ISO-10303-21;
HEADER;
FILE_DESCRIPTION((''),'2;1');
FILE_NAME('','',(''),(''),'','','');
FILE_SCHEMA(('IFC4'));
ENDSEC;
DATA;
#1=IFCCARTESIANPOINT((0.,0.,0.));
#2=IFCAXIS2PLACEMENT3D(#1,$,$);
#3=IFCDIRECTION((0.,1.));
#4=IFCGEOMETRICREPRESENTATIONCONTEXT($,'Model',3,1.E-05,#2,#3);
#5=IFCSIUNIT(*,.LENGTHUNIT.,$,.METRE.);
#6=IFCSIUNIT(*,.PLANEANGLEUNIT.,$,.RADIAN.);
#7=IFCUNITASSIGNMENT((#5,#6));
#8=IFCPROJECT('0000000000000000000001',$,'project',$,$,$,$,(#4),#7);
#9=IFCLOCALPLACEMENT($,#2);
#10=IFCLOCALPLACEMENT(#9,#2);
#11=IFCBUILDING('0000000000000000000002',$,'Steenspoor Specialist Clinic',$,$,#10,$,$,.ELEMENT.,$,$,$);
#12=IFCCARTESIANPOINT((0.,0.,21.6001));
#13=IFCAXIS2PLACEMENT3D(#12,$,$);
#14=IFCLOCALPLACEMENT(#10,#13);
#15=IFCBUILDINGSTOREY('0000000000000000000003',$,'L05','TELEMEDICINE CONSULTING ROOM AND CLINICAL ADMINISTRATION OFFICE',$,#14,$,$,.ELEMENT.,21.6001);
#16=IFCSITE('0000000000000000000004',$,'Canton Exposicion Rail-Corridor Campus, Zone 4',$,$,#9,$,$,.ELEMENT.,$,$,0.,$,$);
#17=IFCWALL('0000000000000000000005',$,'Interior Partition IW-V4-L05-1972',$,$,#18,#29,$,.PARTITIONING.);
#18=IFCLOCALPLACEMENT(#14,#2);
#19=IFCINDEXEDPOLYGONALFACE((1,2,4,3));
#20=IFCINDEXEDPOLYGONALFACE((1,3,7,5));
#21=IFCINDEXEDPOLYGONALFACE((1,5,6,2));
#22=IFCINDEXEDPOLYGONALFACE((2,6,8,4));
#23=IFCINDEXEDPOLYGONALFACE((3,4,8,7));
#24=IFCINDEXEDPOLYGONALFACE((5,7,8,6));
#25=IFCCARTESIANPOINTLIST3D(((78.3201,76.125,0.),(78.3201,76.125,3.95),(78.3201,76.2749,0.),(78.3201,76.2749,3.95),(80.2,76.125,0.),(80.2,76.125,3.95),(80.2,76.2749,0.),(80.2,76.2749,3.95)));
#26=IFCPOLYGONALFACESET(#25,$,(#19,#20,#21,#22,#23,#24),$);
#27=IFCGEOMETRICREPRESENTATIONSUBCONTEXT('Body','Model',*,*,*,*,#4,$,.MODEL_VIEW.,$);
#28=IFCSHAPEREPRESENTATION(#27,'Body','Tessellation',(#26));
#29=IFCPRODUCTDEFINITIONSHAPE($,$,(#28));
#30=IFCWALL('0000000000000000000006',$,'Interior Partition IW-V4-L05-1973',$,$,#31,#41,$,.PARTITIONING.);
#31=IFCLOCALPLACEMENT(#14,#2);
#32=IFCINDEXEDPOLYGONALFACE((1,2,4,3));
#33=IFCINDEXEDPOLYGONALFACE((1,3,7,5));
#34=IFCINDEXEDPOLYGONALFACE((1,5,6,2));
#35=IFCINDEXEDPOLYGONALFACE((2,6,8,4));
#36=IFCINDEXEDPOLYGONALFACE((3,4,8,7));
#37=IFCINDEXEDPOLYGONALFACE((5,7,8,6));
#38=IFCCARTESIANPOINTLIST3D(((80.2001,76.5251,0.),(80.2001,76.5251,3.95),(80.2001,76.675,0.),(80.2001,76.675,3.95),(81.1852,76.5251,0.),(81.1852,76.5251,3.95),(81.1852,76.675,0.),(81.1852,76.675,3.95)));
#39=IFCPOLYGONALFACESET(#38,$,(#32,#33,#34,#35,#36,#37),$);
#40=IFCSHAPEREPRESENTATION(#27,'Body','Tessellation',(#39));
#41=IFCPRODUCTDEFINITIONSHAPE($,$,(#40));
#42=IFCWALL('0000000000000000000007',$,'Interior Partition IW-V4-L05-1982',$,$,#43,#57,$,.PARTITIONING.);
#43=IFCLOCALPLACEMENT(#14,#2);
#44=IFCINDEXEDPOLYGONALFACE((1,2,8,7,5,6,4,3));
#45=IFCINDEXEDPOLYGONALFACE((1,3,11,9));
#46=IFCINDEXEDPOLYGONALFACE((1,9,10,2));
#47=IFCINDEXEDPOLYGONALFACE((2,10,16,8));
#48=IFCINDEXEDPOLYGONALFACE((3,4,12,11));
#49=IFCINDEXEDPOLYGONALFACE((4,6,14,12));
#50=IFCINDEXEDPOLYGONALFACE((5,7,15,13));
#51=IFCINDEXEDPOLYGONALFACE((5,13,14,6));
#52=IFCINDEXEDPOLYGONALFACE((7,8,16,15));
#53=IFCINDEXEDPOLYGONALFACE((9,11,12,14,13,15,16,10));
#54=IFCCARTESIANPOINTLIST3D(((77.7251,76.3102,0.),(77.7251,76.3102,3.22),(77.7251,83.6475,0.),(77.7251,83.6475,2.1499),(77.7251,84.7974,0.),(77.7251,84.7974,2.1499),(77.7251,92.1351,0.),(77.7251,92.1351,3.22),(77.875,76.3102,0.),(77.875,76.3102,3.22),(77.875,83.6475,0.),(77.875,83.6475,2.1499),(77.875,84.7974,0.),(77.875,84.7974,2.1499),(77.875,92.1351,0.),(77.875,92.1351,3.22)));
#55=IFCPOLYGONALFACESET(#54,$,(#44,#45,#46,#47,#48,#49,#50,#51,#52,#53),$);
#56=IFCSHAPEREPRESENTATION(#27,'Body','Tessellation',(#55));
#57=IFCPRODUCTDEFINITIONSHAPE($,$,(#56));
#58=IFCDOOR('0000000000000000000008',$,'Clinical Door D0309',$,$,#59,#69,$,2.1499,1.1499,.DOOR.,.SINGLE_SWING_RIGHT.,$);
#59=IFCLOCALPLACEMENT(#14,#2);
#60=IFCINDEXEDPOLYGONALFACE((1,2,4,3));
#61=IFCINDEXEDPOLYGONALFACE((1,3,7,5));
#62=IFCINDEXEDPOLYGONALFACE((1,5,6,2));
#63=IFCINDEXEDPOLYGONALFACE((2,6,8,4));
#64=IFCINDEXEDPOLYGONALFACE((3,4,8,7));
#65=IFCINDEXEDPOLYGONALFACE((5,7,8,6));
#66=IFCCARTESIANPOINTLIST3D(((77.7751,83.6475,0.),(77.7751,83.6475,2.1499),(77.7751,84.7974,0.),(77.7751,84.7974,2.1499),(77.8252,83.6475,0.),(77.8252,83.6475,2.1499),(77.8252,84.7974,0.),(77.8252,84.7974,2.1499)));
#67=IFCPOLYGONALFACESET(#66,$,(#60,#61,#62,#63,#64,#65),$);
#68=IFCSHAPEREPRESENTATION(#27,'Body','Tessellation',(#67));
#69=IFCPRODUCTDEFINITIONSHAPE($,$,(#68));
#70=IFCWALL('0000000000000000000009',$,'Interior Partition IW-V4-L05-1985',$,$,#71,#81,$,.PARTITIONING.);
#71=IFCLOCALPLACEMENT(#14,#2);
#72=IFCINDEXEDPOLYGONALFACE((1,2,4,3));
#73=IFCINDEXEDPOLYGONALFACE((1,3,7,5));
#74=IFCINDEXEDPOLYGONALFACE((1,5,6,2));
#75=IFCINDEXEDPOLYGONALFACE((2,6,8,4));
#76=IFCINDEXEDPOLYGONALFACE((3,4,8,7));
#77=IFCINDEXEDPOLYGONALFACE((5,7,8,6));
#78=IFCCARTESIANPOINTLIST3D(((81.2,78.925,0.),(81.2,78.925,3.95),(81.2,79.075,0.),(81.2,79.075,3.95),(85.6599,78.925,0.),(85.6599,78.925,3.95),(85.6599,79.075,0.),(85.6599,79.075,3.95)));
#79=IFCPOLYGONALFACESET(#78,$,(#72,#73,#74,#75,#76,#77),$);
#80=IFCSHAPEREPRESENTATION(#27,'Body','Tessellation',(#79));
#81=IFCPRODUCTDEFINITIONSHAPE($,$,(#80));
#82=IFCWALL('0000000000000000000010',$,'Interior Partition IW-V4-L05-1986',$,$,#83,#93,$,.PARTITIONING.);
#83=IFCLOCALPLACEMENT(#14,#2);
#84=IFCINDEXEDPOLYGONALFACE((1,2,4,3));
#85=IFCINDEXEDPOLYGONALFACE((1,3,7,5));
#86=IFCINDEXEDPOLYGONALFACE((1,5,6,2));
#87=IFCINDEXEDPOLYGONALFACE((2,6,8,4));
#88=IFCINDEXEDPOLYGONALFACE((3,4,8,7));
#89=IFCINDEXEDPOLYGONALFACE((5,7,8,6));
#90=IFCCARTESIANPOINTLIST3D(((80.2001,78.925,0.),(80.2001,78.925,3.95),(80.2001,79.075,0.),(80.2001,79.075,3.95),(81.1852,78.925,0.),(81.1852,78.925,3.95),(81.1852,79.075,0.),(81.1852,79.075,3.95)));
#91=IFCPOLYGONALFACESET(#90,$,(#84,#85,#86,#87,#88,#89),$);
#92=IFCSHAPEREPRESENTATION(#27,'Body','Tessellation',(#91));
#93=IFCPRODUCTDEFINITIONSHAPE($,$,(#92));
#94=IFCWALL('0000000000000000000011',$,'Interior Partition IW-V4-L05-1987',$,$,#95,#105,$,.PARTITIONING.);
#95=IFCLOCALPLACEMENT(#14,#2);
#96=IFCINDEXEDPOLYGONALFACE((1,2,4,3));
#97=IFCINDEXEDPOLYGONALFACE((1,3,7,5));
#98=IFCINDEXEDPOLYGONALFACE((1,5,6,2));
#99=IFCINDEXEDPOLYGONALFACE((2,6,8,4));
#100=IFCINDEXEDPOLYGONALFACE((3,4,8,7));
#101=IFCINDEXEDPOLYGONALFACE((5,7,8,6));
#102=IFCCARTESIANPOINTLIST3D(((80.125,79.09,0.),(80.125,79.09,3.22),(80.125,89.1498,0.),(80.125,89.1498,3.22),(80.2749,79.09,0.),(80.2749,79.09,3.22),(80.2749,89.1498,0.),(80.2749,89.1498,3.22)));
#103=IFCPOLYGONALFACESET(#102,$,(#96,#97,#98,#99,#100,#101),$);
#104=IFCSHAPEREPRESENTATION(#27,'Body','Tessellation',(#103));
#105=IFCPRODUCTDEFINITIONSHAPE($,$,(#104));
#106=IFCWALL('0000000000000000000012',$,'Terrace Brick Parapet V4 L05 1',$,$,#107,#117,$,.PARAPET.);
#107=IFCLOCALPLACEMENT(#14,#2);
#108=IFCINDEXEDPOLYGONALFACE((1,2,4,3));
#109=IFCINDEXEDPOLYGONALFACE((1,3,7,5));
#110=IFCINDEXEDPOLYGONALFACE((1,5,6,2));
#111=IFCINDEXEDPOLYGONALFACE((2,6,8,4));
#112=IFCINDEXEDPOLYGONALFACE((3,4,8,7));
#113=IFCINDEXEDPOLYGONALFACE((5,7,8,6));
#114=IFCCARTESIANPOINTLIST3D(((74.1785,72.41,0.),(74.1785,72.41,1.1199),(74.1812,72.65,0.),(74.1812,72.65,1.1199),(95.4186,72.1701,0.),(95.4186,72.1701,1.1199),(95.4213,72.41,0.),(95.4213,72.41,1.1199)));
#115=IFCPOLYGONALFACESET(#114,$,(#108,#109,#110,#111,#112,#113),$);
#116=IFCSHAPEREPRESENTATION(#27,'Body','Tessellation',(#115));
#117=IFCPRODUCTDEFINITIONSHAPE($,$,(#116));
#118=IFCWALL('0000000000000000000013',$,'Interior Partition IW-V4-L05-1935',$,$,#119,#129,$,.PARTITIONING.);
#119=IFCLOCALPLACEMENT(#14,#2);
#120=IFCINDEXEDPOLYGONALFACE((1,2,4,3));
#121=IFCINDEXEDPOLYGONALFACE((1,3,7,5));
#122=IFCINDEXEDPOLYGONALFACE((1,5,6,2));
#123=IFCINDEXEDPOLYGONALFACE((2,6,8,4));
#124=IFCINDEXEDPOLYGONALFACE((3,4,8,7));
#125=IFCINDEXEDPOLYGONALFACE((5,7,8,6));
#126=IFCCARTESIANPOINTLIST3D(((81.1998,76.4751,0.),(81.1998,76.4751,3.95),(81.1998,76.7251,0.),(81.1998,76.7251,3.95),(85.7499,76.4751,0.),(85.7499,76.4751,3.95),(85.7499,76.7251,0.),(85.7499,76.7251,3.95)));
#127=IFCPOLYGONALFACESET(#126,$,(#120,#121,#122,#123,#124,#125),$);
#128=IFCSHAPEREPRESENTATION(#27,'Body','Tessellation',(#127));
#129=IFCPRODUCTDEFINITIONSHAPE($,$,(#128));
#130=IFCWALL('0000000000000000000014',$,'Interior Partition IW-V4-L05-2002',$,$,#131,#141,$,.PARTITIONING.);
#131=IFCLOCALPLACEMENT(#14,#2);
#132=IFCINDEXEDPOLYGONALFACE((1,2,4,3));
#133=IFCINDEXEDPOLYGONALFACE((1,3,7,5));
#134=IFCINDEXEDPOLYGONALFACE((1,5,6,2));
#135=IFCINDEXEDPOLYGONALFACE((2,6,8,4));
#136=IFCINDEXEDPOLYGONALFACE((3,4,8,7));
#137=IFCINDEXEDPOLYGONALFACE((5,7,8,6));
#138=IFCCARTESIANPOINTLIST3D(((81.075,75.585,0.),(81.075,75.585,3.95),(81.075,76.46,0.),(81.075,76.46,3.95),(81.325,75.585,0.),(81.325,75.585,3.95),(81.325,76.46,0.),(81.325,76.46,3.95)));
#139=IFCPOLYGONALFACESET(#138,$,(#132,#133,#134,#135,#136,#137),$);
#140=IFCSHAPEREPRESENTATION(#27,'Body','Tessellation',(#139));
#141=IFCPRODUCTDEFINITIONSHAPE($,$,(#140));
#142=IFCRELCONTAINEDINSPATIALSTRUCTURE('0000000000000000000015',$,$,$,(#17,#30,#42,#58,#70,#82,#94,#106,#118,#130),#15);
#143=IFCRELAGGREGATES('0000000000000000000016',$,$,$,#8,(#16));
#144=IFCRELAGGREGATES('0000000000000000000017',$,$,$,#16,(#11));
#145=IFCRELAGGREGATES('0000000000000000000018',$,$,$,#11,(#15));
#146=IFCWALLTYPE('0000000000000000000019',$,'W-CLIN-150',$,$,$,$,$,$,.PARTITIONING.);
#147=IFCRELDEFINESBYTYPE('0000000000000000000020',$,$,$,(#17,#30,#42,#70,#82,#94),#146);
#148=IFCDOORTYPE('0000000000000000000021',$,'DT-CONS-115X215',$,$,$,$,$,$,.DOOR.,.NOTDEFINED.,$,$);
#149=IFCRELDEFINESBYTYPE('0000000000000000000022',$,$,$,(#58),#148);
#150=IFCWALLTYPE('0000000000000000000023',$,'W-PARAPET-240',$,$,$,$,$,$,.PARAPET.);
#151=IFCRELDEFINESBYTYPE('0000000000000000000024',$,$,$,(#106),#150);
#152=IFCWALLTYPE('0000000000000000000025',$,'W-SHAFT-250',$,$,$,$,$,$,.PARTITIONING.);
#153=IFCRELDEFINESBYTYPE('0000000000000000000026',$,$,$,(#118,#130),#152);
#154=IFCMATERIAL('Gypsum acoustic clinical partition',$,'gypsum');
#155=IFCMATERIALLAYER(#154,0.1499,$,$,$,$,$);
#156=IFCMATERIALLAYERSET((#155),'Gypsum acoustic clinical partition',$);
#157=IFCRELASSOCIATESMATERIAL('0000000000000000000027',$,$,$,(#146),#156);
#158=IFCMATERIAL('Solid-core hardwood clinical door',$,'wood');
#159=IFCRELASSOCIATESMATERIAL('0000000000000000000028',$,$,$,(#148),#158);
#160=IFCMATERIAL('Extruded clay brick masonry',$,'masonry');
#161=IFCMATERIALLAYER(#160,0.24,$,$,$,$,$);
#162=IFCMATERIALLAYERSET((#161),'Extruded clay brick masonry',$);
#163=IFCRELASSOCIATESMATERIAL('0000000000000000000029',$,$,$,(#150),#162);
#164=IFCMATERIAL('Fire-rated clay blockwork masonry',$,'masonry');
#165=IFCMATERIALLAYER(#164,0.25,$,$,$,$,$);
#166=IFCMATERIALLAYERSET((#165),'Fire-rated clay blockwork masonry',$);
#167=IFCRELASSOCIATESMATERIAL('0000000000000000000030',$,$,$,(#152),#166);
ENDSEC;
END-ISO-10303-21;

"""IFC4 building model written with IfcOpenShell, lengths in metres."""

from ifc_helpers import new_model, si_unit, direction, frame, frame_2d, origin, place, context, subcontext, project, spatial, rectangle, extrude, material, layer, layer_set, type_object, element, fill, save


model = new_model("IFC4")

# Units and contexts
model_context = context("Model", 3, precision=1e-05, world=origin(), true_north=direction((0.0, 1.0)))
body_context = subcontext(model_context, "Body", "Model", "MODEL_VIEW")
ifc_project = project(units=[si_unit("LENGTHUNIT", "METRE"), si_unit("PLANEANGLEUNIT", "RADIAN")], contexts=[model_context])

# Site, building, storey
site_placement = place(None, origin())
site = spatial("IfcSite", under=ifc_project, at=site_placement, Name="Canton Exposicion Rail-Corridor Campus, Zone 4", CompositionType="ELEMENT", RefElevation=0.0)
building_placement = place(site_placement, origin())
building = spatial("IfcBuilding", under=site, at=building_placement, Name="Steenspoor Specialist Clinic", CompositionType="ELEMENT")
storey_placement = place(building_placement, frame((0.0, 0.0, 21.6001)))
storey = spatial("IfcBuildingStorey", under=building, at=storey_placement, Name="L05", Description="TELEMEDICINE CONSULTING ROOM AND CLINICAL ADMINISTRATION OFFICE", CompositionType="ELEMENT", Elevation=21.6001)

# Shared definitions
ifc_material_1 = material(Name="Extruded clay brick masonry", Category="masonry")

# Walls
ifc_material_2 = material(Name="Gypsum acoustic clinical partition", Category="gypsum")
ifc_layer_1 = layer(ifc_material_2, 0.1499)
ifc_layer_set_1 = layer_set([ifc_layer_1], Name="Gypsum acoustic clinical partition")
wall_type_1 = type_object("IfcWallType", Name="W-CLIN-150", PredefinedType="PARTITIONING", material=ifc_layer_set_1)
wall_1_placement = place(storey_placement, frame((78.3201, 76.2, 0.0), z_axis=(0.0, 0.0, 1.0), x_axis=(1.0, 0.0, 0.0)))
element("IfcWall", 1, at=wall_1_placement, inside=storey, type_object=wall_type_1, Name="Interior Partition IW-V4-L05-1972", PredefinedType="PARTITIONING", context=body_context, shape_type="SweptSolid", body=[
    extrude(rectangle(XDim=1.8799, YDim=0.1499, at=frame_2d((0.9399, 0.0))), origin(), (0.0, 0.0, 1.0), 3.95),
])
wall_2_placement = place(storey_placement, frame((80.2, 76.6001, 0.0), z_axis=(0.0, 0.0, 1.0), x_axis=(1.0, 0.0, 0.0)))
element("IfcWall", 2, at=wall_2_placement, inside=storey, type_object=wall_type_1, Name="Interior Partition IW-V4-L05-1973", PredefinedType="PARTITIONING", context=body_context, shape_type="SweptSolid", body=[
    extrude(rectangle(XDim=0.9851, YDim=0.1499, at=frame_2d((0.4927, 0.0))), origin(), (0.0, 0.0, 1.0), 3.95),
])

# Wall, opening, door
wall_3_placement = place(storey_placement, frame((77.8, 76.3101, 0.0), z_axis=(0.0, 0.0, 1.0), x_axis=(0.0, 1.0, 0.0)))
wall_3 = element("IfcWall", 3, at=wall_3_placement, inside=storey, type_object=wall_type_1, Name="Interior Partition IW-V4-L05-1982", PredefinedType="PARTITIONING", context=body_context, shape_type="SweptSolid", body=[
    extrude(rectangle(XDim=15.825, YDim=0.1499, at=frame_2d((7.9126, 0.0))), origin(), (0.0, 0.0, 1.0), 3.22),
])
opening_1_placement = place(wall_3_placement, frame((7.3374, 0.0, 0.0)))
opening_1 = element("IfcOpeningElement", 4, at=opening_1_placement, cuts=wall_3, PredefinedType="OPENING", context=body_context, shape_type="SweptSolid", body=[
    extrude(rectangle(XDim=1.1499, YDim=2.1499, at=frame_2d((0.575, 1.075))), frame((0.0, 0.085, 0.0), z_axis=(0.0, -1.0, 0.0), x_axis=(1.0, 0.0, 0.0)), (0.0, 0.0, 1.0), 0.1699),
])
ifc_material_3 = material(Name="Solid-core hardwood clinical door", Category="wood")
door_type_1 = type_object("IfcDoorType", Name="DT-CONS-115X215", OperationType="NOTDEFINED", PredefinedType="DOOR", material=ifc_material_3)
door_1_placement = place(opening_1_placement, origin())
door_1 = element("IfcDoor", 5, at=door_1_placement, inside=storey, type_object=door_type_1, Name="Clinical Door D0309", OperationType="SINGLE_SWING_RIGHT", OverallHeight=2.1499, OverallWidth=1.1499, PredefinedType="DOOR", context=body_context, shape_type="SweptSolid", body=[
    extrude(rectangle(XDim=1.1499, YDim=2.1499, at=frame_2d((0.575, 1.075))), frame((0.0, 0.0249, 0.0), z_axis=(0.0, -1.0, 0.0), x_axis=(1.0, 0.0, 0.0)), (0.0, 0.0, 1.0), 0.05),
])
fill(opening_1, door_1)

# Walls
wall_4_placement = place(storey_placement, frame((81.2, 79.0, 0.0), z_axis=(0.0, 0.0, 1.0), x_axis=(1.0, 0.0, 0.0)))
element("IfcWall", 6, at=wall_4_placement, inside=storey, type_object=wall_type_1, Name="Interior Partition IW-V4-L05-1985", PredefinedType="PARTITIONING", context=body_context, shape_type="SweptSolid", body=[
    extrude(rectangle(XDim=4.46, YDim=0.1499, at=frame_2d((2.23, 0.0))), origin(), (0.0, 0.0, 1.0), 3.95),
])
wall_5_placement = place(storey_placement, frame((80.2, 79.0, 0.0), z_axis=(0.0, 0.0, 1.0), x_axis=(1.0, 0.0, 0.0)))
element("IfcWall", 7, at=wall_5_placement, inside=storey, type_object=wall_type_1, Name="Interior Partition IW-V4-L05-1986", PredefinedType="PARTITIONING", context=body_context, shape_type="SweptSolid", body=[
    extrude(rectangle(XDim=0.9851, YDim=0.1499, at=frame_2d((0.4927, 0.0))), origin(), (0.0, 0.0, 1.0), 3.95),
])
wall_6_placement = place(storey_placement, frame((80.2, 79.0901, 0.0), z_axis=(0.0, 0.0, 1.0), x_axis=(0.0, 1.0, 0.0)))
element("IfcWall", 8, at=wall_6_placement, inside=storey, type_object=wall_type_1, Name="Interior Partition IW-V4-L05-1987", PredefinedType="PARTITIONING", context=body_context, shape_type="SweptSolid", body=[
    extrude(rectangle(XDim=10.0598, YDim=0.1499, at=frame_2d((5.0298, 0.0))), origin(), (0.0, 0.0, 1.0), 3.22),
])
ifc_layer_2 = layer(ifc_material_1, 0.24)
ifc_layer_set_2 = layer_set([ifc_layer_2], Name="Extruded clay brick masonry")
wall_type_2 = type_object("IfcWallType", Name="W-PARAPET-240", PredefinedType="PARAPET", material=ifc_layer_set_2)
wall_7_placement = place(storey_placement, frame((74.1799, 72.53, 0.0), z_axis=(0.0, 0.0, 1.0), x_axis=(0.999936, -0.011298, 0.0)))
element("IfcWall", 9, at=wall_7_placement, inside=storey, type_object=wall_type_2, Name="Terrace Brick Parapet V4 L05 1", PredefinedType="PARAPET", context=body_context, shape_type="SweptSolid", body=[
    extrude(rectangle(XDim=21.2415, YDim=0.24, at=frame_2d((10.6206, 0.0))), origin(), (0.0, 0.0, 1.0), 1.1199),
])
ifc_material_4 = material(Name="Fire-rated clay blockwork masonry", Category="masonry")
ifc_layer_3 = layer(ifc_material_4, 0.25)
ifc_layer_set_3 = layer_set([ifc_layer_3], Name="Fire-rated clay blockwork masonry")
wall_type_3 = type_object("IfcWallType", Name="W-SHAFT-250", PredefinedType="PARTITIONING", material=ifc_layer_set_3)
wall_8_placement = place(storey_placement, frame((81.2, 76.6001, 0.0), z_axis=(0.0, 0.0, 1.0), x_axis=(1.0, 0.0, 0.0)))
element("IfcWall", 10, at=wall_8_placement, inside=storey, type_object=wall_type_3, Name="Interior Partition IW-V4-L05-1935", PredefinedType="PARTITIONING", context=body_context, shape_type="SweptSolid", body=[
    extrude(rectangle(XDim=4.55, YDim=0.25, at=frame_2d((2.2749, 0.0))), origin(), (0.0, 0.0, 1.0), 3.95),
])
wall_9_placement = place(storey_placement, frame((81.2, 75.585, 0.0), z_axis=(0.0, 0.0, 1.0), x_axis=(0.0, 1.0, 0.0)))
element("IfcWall", 11, at=wall_9_placement, inside=storey, type_object=wall_type_3, Name="Interior Partition IW-V4-L05-2002", PredefinedType="PARTITIONING", context=body_context, shape_type="SweptSolid", body=[
    extrude(rectangle(XDim=0.875, YDim=0.25, at=frame_2d((0.4375, 0.0))), origin(), (0.0, 0.0, 1.0), 3.95),
])

save(model, "model.ifc")
